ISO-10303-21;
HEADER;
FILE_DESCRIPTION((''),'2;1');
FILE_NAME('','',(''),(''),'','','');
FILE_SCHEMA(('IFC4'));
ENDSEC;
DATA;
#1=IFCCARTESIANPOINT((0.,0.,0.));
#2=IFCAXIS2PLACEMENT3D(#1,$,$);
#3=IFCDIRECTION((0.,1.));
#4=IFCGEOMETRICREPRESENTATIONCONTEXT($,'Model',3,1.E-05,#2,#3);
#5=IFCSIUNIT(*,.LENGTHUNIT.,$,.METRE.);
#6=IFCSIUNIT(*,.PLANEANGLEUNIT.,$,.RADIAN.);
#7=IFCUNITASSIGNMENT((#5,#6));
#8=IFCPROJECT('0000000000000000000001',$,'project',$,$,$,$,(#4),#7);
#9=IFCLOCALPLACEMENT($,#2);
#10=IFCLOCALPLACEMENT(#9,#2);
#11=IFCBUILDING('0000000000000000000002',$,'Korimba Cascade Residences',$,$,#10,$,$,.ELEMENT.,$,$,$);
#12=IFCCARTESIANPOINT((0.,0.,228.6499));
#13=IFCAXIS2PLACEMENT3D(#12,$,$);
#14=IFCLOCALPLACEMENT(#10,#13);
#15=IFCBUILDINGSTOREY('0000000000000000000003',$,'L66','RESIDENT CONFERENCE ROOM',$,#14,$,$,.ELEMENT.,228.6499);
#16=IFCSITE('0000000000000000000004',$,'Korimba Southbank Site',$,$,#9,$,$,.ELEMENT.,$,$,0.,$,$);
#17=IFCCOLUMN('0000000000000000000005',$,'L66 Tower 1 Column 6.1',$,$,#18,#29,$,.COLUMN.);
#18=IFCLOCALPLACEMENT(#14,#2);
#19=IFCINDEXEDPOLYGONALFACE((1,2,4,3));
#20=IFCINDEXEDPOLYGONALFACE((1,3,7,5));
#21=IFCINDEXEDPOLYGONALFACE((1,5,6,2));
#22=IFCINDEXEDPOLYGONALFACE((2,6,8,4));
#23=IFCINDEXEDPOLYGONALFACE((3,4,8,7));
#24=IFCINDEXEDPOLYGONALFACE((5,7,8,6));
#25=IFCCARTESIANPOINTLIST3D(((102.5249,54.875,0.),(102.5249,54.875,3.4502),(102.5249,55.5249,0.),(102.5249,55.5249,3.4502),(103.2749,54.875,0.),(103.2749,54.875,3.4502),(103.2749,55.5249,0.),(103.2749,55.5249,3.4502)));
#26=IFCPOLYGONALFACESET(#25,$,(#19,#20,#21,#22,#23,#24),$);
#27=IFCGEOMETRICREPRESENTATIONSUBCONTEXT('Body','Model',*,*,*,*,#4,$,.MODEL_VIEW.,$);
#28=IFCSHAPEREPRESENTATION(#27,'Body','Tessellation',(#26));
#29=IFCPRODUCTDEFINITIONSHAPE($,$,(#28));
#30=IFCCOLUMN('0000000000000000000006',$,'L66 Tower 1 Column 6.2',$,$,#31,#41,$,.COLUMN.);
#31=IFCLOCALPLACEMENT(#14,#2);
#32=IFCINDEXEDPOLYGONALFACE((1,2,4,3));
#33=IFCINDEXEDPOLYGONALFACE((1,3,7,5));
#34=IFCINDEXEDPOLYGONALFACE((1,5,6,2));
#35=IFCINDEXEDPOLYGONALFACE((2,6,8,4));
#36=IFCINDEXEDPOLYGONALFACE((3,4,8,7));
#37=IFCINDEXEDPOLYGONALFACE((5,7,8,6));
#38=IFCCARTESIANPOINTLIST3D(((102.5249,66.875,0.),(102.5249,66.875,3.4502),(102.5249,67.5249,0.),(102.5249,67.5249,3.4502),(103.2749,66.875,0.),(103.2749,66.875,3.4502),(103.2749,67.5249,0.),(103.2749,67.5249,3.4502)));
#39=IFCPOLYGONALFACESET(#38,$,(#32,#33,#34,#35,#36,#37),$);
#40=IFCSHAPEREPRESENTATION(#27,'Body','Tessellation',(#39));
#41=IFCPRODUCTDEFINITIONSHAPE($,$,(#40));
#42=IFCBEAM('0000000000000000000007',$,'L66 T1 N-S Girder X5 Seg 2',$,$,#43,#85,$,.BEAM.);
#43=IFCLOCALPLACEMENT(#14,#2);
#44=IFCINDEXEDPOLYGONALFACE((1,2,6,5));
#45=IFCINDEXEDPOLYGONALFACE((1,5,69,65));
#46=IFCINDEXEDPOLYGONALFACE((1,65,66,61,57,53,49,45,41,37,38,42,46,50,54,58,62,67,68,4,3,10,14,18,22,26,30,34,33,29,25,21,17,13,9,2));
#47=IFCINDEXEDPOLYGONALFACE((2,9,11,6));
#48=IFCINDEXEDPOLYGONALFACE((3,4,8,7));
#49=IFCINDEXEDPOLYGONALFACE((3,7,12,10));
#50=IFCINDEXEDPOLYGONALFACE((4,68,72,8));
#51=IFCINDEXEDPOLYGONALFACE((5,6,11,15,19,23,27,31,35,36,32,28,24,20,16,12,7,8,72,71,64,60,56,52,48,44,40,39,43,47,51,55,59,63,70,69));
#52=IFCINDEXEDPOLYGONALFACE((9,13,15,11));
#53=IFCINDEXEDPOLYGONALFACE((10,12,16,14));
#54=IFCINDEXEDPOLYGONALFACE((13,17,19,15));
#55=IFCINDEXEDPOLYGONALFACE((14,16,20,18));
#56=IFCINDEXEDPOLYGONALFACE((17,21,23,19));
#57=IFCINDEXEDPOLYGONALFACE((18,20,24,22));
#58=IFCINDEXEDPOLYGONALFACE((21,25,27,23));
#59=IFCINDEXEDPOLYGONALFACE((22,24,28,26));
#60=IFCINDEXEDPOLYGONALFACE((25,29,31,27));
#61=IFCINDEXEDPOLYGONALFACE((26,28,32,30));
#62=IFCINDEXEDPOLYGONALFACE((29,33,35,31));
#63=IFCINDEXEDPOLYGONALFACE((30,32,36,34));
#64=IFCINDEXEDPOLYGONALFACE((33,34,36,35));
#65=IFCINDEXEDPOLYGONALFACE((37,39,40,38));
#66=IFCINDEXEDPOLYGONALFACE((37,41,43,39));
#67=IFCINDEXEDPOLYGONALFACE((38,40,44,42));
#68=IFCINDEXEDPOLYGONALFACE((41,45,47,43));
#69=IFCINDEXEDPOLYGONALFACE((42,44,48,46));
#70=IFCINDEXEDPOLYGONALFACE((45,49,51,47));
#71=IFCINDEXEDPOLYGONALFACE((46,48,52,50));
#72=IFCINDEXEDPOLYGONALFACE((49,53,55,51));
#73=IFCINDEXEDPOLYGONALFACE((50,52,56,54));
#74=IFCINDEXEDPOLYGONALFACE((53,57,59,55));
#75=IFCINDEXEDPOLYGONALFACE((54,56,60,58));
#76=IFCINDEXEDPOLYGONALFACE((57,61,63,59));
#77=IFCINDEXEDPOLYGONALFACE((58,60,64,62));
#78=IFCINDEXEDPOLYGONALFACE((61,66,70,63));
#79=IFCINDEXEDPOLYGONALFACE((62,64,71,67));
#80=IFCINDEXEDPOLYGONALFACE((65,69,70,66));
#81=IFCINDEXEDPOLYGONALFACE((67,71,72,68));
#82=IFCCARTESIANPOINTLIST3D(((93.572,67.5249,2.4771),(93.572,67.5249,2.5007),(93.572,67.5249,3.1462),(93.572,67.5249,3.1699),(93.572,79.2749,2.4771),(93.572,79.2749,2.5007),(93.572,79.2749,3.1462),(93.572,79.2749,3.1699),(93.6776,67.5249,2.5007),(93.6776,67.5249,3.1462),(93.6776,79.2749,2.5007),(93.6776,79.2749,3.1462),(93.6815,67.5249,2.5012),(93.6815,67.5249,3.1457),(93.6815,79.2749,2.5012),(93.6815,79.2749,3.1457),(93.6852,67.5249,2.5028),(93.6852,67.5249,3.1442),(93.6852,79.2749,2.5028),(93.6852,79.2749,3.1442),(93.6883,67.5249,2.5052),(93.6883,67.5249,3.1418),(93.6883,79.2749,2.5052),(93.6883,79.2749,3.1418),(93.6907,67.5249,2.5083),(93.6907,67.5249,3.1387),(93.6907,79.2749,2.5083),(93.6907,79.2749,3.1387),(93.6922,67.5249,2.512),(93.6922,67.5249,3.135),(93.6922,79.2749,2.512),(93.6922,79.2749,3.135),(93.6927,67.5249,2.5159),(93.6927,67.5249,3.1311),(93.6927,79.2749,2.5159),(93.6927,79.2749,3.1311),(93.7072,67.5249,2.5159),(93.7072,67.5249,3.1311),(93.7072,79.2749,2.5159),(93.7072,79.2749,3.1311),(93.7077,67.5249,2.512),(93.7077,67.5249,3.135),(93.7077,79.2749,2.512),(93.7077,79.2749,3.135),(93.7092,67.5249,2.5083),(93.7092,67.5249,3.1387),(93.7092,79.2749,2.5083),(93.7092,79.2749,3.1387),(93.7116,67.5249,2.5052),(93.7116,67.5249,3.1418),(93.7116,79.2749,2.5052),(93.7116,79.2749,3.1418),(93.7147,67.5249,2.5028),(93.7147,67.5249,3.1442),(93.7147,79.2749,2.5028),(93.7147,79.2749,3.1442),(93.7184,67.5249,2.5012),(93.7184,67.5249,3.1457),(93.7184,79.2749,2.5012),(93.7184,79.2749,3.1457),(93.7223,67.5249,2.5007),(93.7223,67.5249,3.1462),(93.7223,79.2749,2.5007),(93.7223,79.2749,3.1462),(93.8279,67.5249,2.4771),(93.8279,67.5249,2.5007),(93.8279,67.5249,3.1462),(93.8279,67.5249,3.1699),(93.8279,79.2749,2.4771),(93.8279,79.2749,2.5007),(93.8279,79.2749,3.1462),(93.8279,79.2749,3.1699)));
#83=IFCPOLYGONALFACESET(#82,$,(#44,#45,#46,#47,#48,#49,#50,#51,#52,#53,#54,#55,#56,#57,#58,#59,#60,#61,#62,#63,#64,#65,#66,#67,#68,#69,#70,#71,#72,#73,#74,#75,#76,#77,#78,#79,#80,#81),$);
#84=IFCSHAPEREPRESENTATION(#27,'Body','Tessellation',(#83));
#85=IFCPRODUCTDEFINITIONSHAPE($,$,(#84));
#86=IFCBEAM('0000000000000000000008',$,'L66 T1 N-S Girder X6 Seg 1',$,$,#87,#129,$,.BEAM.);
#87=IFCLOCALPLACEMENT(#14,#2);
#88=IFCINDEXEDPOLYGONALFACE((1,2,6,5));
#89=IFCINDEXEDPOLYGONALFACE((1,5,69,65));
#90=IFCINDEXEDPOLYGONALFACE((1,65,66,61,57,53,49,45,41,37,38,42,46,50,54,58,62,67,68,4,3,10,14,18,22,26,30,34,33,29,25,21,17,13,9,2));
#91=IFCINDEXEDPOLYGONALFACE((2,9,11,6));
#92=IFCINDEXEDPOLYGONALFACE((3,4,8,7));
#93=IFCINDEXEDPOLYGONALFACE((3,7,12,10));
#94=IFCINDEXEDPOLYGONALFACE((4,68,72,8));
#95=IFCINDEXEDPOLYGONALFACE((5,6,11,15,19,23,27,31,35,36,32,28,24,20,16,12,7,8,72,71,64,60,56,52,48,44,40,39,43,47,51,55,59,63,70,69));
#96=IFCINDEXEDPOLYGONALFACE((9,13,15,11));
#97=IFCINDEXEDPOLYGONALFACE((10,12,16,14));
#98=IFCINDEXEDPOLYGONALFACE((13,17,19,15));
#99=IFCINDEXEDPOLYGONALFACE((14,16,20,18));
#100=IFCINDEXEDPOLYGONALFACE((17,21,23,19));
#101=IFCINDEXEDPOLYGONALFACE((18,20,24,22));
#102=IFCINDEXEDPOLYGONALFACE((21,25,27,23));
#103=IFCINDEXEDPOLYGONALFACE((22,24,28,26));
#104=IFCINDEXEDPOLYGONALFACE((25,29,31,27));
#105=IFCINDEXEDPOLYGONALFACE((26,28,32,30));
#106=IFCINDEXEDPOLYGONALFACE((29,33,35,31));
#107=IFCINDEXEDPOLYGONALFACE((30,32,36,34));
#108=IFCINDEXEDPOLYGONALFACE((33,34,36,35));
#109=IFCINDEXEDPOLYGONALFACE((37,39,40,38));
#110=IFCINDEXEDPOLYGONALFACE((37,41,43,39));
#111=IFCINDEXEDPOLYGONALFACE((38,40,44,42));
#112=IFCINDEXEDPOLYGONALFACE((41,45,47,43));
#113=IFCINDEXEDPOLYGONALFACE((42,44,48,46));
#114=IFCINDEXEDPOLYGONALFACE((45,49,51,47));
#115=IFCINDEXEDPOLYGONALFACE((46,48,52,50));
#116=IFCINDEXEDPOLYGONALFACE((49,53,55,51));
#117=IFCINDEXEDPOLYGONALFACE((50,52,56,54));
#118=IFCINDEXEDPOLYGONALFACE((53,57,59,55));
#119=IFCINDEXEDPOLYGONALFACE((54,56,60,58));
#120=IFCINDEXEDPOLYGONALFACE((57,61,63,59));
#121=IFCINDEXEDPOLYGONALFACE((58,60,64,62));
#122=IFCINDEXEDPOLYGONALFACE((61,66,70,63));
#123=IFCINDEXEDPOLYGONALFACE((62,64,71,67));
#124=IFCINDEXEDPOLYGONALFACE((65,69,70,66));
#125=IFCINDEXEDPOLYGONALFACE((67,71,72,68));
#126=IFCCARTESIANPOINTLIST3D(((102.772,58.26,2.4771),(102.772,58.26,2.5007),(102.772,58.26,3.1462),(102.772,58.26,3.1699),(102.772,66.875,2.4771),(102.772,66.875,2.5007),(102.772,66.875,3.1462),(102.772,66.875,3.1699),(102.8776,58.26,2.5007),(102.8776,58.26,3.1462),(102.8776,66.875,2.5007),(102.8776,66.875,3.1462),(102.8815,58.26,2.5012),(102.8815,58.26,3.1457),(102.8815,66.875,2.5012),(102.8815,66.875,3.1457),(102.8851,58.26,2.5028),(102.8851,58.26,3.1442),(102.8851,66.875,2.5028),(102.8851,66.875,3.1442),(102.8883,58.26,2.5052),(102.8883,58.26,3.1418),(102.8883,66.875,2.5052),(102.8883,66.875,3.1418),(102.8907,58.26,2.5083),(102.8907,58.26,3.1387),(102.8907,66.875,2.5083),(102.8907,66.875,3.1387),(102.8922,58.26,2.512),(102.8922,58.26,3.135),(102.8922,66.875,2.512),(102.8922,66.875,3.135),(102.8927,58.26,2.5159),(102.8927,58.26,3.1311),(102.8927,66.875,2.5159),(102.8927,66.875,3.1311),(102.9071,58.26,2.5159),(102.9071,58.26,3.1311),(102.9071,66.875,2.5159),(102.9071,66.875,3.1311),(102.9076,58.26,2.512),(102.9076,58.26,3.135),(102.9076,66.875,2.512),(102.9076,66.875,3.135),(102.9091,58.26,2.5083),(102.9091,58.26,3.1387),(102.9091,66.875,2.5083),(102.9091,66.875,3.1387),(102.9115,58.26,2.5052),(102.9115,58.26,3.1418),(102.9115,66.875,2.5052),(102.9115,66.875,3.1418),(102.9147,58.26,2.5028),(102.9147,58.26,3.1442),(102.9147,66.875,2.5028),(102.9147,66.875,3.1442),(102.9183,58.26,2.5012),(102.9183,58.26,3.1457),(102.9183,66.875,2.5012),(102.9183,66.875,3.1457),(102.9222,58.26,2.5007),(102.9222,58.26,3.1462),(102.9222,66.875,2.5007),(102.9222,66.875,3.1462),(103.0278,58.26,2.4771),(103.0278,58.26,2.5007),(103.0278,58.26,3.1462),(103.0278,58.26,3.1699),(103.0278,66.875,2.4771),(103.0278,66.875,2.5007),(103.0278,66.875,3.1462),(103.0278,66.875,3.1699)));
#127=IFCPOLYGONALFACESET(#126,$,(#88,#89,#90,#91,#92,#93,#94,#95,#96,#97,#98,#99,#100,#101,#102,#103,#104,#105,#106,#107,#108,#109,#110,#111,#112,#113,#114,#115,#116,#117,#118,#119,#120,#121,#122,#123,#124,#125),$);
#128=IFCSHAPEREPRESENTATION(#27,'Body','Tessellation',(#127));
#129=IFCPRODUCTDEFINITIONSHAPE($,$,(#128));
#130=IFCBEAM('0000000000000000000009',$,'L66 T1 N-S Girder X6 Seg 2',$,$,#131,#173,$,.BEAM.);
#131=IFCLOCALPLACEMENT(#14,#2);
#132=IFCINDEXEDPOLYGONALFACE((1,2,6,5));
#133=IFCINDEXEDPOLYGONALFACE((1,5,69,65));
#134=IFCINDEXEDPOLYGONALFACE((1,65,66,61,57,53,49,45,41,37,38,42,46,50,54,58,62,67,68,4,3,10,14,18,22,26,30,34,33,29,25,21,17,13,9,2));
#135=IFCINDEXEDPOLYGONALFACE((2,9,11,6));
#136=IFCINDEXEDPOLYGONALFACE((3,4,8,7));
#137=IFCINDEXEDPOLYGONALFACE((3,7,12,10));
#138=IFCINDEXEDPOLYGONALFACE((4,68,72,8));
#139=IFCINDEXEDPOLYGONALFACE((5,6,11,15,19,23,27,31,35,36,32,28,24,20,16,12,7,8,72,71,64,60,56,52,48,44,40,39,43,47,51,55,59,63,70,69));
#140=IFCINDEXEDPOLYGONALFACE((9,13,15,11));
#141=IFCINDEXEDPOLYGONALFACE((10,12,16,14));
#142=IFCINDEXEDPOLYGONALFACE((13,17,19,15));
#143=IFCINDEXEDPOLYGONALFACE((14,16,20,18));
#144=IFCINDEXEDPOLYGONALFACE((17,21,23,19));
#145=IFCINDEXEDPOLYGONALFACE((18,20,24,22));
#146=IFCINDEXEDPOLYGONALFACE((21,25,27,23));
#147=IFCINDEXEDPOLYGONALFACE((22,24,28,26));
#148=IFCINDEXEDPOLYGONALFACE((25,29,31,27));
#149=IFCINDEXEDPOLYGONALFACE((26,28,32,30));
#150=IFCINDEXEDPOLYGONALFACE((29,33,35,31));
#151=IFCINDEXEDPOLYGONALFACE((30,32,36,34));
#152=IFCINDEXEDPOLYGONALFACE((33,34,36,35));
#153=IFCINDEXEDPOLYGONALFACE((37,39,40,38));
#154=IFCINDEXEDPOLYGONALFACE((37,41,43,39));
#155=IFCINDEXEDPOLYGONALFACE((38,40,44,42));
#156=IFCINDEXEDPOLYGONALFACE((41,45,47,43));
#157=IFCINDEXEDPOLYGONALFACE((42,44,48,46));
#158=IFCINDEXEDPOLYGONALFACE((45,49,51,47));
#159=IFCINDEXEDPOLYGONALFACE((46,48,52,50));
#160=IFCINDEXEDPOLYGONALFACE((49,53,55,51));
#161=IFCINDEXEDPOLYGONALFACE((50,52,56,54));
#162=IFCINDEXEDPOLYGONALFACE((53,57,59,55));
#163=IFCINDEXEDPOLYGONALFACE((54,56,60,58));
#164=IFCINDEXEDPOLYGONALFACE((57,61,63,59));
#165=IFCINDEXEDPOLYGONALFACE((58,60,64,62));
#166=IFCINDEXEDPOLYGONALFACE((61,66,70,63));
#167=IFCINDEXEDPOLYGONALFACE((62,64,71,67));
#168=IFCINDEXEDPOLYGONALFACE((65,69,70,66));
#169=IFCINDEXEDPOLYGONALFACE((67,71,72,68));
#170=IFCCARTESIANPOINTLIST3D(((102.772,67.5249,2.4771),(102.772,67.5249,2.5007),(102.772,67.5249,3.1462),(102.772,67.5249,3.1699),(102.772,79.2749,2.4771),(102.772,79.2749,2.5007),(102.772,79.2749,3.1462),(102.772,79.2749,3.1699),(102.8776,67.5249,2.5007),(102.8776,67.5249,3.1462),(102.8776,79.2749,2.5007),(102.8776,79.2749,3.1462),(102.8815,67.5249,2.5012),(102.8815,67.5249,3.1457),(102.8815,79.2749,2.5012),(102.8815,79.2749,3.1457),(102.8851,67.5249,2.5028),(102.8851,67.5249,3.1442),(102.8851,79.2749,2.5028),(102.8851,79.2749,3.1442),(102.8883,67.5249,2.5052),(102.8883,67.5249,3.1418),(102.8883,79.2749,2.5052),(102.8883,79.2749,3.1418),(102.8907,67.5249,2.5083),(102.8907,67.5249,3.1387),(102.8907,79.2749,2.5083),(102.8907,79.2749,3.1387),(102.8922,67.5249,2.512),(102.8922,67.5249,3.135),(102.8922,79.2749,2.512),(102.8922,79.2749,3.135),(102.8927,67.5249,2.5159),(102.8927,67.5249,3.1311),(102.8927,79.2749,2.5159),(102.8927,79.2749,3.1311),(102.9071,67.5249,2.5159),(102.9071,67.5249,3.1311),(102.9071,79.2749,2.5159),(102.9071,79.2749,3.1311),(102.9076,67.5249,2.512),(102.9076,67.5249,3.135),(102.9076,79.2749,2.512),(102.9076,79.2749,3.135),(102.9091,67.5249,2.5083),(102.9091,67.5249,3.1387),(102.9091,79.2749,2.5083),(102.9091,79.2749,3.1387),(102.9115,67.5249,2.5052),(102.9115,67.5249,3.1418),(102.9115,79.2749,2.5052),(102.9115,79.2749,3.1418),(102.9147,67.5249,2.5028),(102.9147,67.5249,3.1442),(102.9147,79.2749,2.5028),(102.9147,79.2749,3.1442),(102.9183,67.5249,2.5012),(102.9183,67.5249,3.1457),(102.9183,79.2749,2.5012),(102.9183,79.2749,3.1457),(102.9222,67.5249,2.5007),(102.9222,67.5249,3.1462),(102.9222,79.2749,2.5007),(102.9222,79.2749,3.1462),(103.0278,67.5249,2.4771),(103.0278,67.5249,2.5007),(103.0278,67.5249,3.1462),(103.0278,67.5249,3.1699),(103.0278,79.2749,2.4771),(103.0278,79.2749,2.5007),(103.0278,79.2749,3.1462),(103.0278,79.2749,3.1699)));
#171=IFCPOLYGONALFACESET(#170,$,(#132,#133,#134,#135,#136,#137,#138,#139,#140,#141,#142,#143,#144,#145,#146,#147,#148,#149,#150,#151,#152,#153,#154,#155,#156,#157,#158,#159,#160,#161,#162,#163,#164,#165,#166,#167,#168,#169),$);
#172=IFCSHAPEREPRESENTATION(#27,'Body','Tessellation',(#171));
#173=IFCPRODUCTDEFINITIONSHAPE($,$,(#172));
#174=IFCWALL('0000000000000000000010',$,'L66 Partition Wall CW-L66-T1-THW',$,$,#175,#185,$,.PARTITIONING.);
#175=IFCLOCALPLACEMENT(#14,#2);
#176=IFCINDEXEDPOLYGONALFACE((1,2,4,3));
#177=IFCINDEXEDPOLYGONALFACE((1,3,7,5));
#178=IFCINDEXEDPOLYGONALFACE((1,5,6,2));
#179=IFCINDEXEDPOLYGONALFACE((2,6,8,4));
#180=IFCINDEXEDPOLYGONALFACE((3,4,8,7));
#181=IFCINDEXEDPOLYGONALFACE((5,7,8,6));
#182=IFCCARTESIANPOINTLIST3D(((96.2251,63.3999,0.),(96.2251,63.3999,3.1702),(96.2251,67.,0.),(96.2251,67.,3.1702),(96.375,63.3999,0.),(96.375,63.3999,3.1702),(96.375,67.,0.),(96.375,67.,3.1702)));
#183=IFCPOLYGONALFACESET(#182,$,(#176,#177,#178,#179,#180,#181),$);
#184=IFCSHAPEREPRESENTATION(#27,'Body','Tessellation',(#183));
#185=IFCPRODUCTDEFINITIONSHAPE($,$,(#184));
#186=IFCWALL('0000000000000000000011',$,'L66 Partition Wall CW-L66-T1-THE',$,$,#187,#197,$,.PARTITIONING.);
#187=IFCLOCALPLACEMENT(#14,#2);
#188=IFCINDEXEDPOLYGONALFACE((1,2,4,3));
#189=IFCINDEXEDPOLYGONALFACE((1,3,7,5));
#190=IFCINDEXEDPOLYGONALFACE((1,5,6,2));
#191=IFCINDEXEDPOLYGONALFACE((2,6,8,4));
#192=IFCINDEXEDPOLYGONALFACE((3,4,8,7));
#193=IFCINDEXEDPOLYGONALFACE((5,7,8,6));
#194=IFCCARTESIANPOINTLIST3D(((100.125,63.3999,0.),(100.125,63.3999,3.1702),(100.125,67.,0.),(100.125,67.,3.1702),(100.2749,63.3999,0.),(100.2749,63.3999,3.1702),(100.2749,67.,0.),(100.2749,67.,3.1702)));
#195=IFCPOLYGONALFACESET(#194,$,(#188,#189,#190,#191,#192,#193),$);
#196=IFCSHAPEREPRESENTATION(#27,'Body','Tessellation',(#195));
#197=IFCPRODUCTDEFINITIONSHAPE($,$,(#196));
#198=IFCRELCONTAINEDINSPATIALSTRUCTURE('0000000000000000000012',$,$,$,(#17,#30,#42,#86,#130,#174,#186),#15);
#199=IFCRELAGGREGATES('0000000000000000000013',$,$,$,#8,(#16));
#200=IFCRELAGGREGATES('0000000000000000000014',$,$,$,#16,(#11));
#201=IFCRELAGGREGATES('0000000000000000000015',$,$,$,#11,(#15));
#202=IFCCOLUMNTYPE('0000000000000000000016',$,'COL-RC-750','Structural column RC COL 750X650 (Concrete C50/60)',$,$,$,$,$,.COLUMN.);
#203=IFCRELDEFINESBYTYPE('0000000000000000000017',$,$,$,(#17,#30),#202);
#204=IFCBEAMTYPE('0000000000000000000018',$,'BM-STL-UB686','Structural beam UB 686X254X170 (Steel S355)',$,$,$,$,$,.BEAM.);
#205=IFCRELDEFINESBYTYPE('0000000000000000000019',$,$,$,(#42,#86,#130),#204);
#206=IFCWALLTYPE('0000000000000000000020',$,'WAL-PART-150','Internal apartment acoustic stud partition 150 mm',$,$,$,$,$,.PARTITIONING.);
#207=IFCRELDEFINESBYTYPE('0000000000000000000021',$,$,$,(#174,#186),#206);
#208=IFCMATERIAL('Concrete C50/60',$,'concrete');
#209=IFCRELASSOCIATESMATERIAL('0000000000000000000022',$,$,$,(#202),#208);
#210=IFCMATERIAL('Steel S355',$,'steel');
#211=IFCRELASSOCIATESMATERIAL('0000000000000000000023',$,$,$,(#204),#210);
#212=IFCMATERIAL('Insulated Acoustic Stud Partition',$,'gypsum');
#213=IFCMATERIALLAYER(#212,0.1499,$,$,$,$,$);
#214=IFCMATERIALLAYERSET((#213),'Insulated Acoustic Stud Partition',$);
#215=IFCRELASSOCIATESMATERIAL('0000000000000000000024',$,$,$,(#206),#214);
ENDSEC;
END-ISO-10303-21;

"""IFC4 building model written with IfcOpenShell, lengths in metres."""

from ifc_helpers import new_model, si_unit, direction, frame, frame_2d, origin, origin_2d, place, context, subcontext, project, spatial, rectangle, i_section, extrude, material, layer, layer_set, material_profile, profile_set, type_object, element, save


model = new_model("IFC4")

# Units and contexts
model_context = context("Model", 3, precision=1e-05, world=origin(), true_north=direction((0.0, 1.0)))
body_context = subcontext(model_context, "Body", "Model", "MODEL_VIEW")
ifc_project = project(units=[si_unit("LENGTHUNIT", "METRE"), si_unit("PLANEANGLEUNIT", "RADIAN")], contexts=[model_context])

# Site, building, storey
site_placement = place(None, origin())
site = spatial("IfcSite", under=ifc_project, at=site_placement, Name="Korimba Southbank Site", CompositionType="ELEMENT", RefElevation=0.0)
building_placement = place(site_placement, origin())
building = spatial("IfcBuilding", under=site, at=building_placement, Name="Korimba Cascade Residences", CompositionType="ELEMENT")
storey_placement = place(building_placement, frame((0.0, 0.0, 228.6499)))
storey = spatial("IfcBuildingStorey", under=building, at=storey_placement, Name="L66", Description="RESIDENT CONFERENCE ROOM", CompositionType="ELEMENT", Elevation=228.6499)

# Columns
ifc_material_1 = material(Name="Concrete C50/60", Category="concrete")
ifc_material_profile_1 = material_profile(ifc_material_1, rectangle(XDim=0.75, YDim=0.6499, at=origin_2d()), Name="Concrete C50/60")
ifc_profile_set_1 = profile_set([ifc_material_profile_1], Name="Concrete C50/60")
column_type = type_object("IfcColumnType", Name="COL-RC-750", Description="Structural column RC COL 750X650 (Concrete C50/60)", PredefinedType="COLUMN", material=ifc_profile_set_1)
for number, where, z_axis, x_axis, name in (
    (1, (102.8999, 55.2, 0.0), (0.0, 0.0, 1.0), (1.0, 0.0, 0.0), "L66 Tower 1 Column 6.1"),
    (2, (102.8999, 67.2, 0.0), (0.0, 0.0, 1.0), (1.0, 0.0, 0.0), "L66 Tower 1 Column 6.2"),
):
    element("IfcColumn", number, at=place(storey_placement, frame(where, z_axis=z_axis, x_axis=x_axis)), inside=storey, type_object=column_type, Name=name, PredefinedType="COLUMN", context=body_context, shape_type="SweptSolid", body=[
        extrude(rectangle(XDim=0.75, YDim=0.6499, at=origin_2d()), origin(), (0.0, 0.0, 1.0), 3.4502),
    ])

# Beams
ifc_material_2 = material(Name="Steel S355", Category="steel")
ifc_material_profile_2 = material_profile(ifc_material_2, i_section(OverallWidth=0.2559, OverallDepth=0.6929, WebThickness=0.0144, FlangeThickness=0.0237, FilletRadius=0.0151, at=origin_2d()), Name="Steel S355")
ifc_profile_set_2 = profile_set([ifc_material_profile_2], Name="Steel S355")
beam_type = type_object("IfcBeamType", Name="BM-STL-UB686", Description="Structural beam UB 686X254X170 (Steel S355)", PredefinedType="BEAM", material=ifc_profile_set_2)
beam_1_placement = place(storey_placement, frame((93.7, 67.5249, 2.8235), z_axis=(0.0, 1.0, 0.0), x_axis=(-1.0, 0.0, 0.0)))
element("IfcBeam", 3, at=beam_1_placement, inside=storey, type_object=beam_type, Name="L66 T1 N-S Girder X5 Seg 2", PredefinedType="BEAM", context=body_context, shape_type="SweptSolid", body=[
    extrude(i_section(OverallWidth=0.2559, OverallDepth=0.6929, WebThickness=0.0144, FlangeThickness=0.0237, FilletRadius=0.0151, at=origin_2d()), origin(), (0.0, 0.0, 1.0), 11.75),
])
beam_2_placement = place(storey_placement, frame((102.8999, 58.26, 2.8235), z_axis=(0.0, 1.0, 0.0), x_axis=(-1.0, 0.0, 0.0)))
element("IfcBeam", 4, at=beam_2_placement, inside=storey, type_object=beam_type, Name="L66 T1 N-S Girder X6 Seg 1", PredefinedType="BEAM", context=body_context, shape_type="SweptSolid", body=[
    extrude(i_section(OverallWidth=0.2559, OverallDepth=0.6929, WebThickness=0.0144, FlangeThickness=0.0237, FilletRadius=0.0151, at=origin_2d()), origin(), (0.0, 0.0, 1.0), 8.615),
])
beam_3_placement = place(storey_placement, frame((102.8999, 67.5249, 2.8235), z_axis=(0.0, 1.0, 0.0), x_axis=(-1.0, 0.0, 0.0)))
element("IfcBeam", 5, at=beam_3_placement, inside=storey, type_object=beam_type, Name="L66 T1 N-S Girder X6 Seg 2", PredefinedType="BEAM", context=body_context, shape_type="SweptSolid", body=[
    extrude(i_section(OverallWidth=0.2559, OverallDepth=0.6929, WebThickness=0.0144, FlangeThickness=0.0237, FilletRadius=0.0151, at=origin_2d()), origin(), (0.0, 0.0, 1.0), 11.75),
])

# Walls
ifc_material_3 = material(Name="Insulated Acoustic Stud Partition", Category="gypsum")
ifc_layer_1 = layer(ifc_material_3, 0.1499)
ifc_layer_set_1 = layer_set([ifc_layer_1], Name="Insulated Acoustic Stud Partition")
wall_type_1 = type_object("IfcWallType", Name="WAL-PART-150", Description="Internal apartment acoustic stud partition 150 mm", PredefinedType="PARTITIONING", material=ifc_layer_set_1)
for number, where, z_axis, x_axis, name in (
    (6, (96.3, 63.3999, 0.0), (0.0, 0.0, 1.0), (0.0, 1.0, 0.0), "L66 Partition Wall CW-L66-T1-THW"),
    (7, (100.2, 63.3999, 0.0), (0.0, 0.0, 1.0), (0.0, 1.0, 0.0), "L66 Partition Wall CW-L66-T1-THE"),
):
    element("IfcWall", number, at=place(storey_placement, frame(where, z_axis=z_axis, x_axis=x_axis)), inside=storey, type_object=wall_type_1, Name=name, PredefinedType="PARTITIONING", context=body_context, shape_type="SweptSolid", body=[
        extrude(rectangle(XDim=3.6001, YDim=0.1499, at=frame_2d((1.8, 0.0))), origin(), (0.0, 0.0, 1.0), 3.1702),
    ])

save(model, "model.ifc")
